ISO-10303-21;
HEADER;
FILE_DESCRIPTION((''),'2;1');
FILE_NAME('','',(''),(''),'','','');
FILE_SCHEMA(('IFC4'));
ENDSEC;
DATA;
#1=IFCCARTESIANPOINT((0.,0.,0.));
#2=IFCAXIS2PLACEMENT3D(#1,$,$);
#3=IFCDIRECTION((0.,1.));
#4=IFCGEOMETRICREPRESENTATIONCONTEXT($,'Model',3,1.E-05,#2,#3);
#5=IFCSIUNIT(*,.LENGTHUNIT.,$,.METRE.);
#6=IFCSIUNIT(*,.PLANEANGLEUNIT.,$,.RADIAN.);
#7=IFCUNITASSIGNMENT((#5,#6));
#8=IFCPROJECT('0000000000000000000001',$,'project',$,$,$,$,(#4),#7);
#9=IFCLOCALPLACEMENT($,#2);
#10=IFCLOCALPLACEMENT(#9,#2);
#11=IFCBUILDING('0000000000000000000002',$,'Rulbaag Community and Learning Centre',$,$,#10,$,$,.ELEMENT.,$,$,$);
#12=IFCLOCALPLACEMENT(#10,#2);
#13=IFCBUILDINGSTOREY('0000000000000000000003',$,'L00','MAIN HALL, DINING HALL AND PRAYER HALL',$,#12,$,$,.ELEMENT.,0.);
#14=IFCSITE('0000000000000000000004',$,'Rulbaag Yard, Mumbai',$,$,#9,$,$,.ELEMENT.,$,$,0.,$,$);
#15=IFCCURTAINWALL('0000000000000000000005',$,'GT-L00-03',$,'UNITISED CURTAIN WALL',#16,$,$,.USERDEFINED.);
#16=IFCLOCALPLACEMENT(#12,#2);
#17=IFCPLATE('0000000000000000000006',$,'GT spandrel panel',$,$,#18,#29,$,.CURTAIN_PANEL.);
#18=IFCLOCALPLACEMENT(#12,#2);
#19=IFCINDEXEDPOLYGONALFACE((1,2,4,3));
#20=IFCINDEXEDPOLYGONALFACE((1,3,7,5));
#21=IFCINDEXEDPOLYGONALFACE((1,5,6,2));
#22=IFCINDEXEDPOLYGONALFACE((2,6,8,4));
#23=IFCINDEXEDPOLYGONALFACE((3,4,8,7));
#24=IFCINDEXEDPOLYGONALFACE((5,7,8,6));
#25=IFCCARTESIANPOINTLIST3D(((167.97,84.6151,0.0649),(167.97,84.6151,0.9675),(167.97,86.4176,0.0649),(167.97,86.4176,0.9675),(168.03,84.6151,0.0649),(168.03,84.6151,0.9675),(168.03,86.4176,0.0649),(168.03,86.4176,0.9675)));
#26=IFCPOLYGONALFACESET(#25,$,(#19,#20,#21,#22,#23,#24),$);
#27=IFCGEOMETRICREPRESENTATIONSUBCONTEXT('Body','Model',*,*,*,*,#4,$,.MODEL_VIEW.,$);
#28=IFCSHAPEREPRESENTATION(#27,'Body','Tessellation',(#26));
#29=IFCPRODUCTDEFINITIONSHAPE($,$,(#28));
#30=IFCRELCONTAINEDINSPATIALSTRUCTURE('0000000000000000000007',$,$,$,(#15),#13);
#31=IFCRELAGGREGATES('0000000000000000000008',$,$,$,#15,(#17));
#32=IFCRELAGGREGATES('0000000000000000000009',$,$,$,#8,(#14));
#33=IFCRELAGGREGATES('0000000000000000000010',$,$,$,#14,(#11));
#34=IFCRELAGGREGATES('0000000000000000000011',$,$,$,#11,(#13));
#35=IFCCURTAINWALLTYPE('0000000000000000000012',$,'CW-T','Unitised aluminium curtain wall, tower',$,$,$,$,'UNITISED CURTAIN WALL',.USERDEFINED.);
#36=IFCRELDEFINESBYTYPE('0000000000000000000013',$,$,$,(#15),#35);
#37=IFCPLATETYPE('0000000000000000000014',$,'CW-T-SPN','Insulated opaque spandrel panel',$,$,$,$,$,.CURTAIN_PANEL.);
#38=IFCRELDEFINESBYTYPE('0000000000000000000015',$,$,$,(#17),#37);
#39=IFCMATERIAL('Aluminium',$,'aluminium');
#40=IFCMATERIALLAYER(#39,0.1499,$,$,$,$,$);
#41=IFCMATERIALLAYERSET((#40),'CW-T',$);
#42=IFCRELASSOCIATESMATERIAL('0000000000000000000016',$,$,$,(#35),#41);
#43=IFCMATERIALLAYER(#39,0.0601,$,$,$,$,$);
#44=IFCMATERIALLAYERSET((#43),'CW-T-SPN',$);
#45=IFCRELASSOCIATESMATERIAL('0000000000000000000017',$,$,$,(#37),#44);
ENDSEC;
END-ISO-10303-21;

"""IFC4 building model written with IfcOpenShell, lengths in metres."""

from ifc_helpers import new_model, si_unit, direction, frame, origin, origin_2d, place, context, subcontext, project, spatial, rectangle, extrude, material, layer, layer_set, type_object, element, aggregate, save


model = new_model("IFC4")

# Units and contexts
model_context = context("Model", 3, precision=1e-05, world=origin(), true_north=direction((0.0, 1.0)))
body_context = subcontext(model_context, "Body", "Model", "MODEL_VIEW")
ifc_project = project(units=[si_unit("LENGTHUNIT", "METRE"), si_unit("PLANEANGLEUNIT", "RADIAN")], contexts=[model_context])

# Site, building, storey
site_placement = place(None, origin())
site = spatial("IfcSite", under=ifc_project, at=site_placement, Name="Rulbaag Yard, Mumbai", CompositionType="ELEMENT", RefElevation=0.0)
building_placement = place(site_placement, origin())
building = spatial("IfcBuilding", under=site, at=building_placement, Name="Rulbaag Community and Learning Centre", CompositionType="ELEMENT")
storey_placement = place(building_placement, origin())
storey = spatial("IfcBuildingStorey", under=building, at=storey_placement, Name="L00", Description="MAIN HALL, DINING HALL AND PRAYER HALL", CompositionType="ELEMENT", Elevation=0.0)

# Curtain wall
ifc_material_1 = material(Name="Aluminium", Category="aluminium")
ifc_layer_1 = layer(ifc_material_1, 0.1499)
ifc_layer_set_1 = layer_set([ifc_layer_1], Name="CW-T")
curtain_wall_type_1 = type_object("IfcCurtainWallType", Name="CW-T", Description="Unitised aluminium curtain wall, tower", ElementType="UNITISED CURTAIN WALL", PredefinedType="USERDEFINED", material=ifc_layer_set_1)
curtain_wall_1_placement = place(storey_placement, origin())
curtain_wall_1 = element("IfcCurtainWall", 1, at=curtain_wall_1_placement, inside=storey, type_object=curtain_wall_type_1, Name="GT-L00-03", ObjectType="UNITISED CURTAIN WALL", PredefinedType="USERDEFINED")

# Plate
ifc_layer_2 = layer(ifc_material_1, 0.0601)
ifc_layer_set_2 = layer_set([ifc_layer_2], Name="CW-T-SPN")
plate_type_1 = type_object("IfcPlateType", Name="CW-T-SPN", Description="Insulated opaque spandrel panel", PredefinedType="CURTAIN_PANEL", material=ifc_layer_set_2)
plate_1_placement = place(storey_placement, frame((168.0, 85.5164, 0.0649), z_axis=(0.0, 0.0, 1.0), x_axis=(0.0, 1.0, 0.0)))
plate_1 = element("IfcPlate", 2, at=plate_1_placement, type_object=plate_type_1, Name="GT spandrel panel", PredefinedType="CURTAIN_PANEL", context=body_context, shape_type="SweptSolid", body=[
    extrude(rectangle(XDim=1.8025, YDim=0.0601, at=origin_2d()), origin(), (0.0, 0.0, 1.0), 0.9026),
])
aggregate(curtain_wall_1, [plate_1])

save(model, "model.ifc")
